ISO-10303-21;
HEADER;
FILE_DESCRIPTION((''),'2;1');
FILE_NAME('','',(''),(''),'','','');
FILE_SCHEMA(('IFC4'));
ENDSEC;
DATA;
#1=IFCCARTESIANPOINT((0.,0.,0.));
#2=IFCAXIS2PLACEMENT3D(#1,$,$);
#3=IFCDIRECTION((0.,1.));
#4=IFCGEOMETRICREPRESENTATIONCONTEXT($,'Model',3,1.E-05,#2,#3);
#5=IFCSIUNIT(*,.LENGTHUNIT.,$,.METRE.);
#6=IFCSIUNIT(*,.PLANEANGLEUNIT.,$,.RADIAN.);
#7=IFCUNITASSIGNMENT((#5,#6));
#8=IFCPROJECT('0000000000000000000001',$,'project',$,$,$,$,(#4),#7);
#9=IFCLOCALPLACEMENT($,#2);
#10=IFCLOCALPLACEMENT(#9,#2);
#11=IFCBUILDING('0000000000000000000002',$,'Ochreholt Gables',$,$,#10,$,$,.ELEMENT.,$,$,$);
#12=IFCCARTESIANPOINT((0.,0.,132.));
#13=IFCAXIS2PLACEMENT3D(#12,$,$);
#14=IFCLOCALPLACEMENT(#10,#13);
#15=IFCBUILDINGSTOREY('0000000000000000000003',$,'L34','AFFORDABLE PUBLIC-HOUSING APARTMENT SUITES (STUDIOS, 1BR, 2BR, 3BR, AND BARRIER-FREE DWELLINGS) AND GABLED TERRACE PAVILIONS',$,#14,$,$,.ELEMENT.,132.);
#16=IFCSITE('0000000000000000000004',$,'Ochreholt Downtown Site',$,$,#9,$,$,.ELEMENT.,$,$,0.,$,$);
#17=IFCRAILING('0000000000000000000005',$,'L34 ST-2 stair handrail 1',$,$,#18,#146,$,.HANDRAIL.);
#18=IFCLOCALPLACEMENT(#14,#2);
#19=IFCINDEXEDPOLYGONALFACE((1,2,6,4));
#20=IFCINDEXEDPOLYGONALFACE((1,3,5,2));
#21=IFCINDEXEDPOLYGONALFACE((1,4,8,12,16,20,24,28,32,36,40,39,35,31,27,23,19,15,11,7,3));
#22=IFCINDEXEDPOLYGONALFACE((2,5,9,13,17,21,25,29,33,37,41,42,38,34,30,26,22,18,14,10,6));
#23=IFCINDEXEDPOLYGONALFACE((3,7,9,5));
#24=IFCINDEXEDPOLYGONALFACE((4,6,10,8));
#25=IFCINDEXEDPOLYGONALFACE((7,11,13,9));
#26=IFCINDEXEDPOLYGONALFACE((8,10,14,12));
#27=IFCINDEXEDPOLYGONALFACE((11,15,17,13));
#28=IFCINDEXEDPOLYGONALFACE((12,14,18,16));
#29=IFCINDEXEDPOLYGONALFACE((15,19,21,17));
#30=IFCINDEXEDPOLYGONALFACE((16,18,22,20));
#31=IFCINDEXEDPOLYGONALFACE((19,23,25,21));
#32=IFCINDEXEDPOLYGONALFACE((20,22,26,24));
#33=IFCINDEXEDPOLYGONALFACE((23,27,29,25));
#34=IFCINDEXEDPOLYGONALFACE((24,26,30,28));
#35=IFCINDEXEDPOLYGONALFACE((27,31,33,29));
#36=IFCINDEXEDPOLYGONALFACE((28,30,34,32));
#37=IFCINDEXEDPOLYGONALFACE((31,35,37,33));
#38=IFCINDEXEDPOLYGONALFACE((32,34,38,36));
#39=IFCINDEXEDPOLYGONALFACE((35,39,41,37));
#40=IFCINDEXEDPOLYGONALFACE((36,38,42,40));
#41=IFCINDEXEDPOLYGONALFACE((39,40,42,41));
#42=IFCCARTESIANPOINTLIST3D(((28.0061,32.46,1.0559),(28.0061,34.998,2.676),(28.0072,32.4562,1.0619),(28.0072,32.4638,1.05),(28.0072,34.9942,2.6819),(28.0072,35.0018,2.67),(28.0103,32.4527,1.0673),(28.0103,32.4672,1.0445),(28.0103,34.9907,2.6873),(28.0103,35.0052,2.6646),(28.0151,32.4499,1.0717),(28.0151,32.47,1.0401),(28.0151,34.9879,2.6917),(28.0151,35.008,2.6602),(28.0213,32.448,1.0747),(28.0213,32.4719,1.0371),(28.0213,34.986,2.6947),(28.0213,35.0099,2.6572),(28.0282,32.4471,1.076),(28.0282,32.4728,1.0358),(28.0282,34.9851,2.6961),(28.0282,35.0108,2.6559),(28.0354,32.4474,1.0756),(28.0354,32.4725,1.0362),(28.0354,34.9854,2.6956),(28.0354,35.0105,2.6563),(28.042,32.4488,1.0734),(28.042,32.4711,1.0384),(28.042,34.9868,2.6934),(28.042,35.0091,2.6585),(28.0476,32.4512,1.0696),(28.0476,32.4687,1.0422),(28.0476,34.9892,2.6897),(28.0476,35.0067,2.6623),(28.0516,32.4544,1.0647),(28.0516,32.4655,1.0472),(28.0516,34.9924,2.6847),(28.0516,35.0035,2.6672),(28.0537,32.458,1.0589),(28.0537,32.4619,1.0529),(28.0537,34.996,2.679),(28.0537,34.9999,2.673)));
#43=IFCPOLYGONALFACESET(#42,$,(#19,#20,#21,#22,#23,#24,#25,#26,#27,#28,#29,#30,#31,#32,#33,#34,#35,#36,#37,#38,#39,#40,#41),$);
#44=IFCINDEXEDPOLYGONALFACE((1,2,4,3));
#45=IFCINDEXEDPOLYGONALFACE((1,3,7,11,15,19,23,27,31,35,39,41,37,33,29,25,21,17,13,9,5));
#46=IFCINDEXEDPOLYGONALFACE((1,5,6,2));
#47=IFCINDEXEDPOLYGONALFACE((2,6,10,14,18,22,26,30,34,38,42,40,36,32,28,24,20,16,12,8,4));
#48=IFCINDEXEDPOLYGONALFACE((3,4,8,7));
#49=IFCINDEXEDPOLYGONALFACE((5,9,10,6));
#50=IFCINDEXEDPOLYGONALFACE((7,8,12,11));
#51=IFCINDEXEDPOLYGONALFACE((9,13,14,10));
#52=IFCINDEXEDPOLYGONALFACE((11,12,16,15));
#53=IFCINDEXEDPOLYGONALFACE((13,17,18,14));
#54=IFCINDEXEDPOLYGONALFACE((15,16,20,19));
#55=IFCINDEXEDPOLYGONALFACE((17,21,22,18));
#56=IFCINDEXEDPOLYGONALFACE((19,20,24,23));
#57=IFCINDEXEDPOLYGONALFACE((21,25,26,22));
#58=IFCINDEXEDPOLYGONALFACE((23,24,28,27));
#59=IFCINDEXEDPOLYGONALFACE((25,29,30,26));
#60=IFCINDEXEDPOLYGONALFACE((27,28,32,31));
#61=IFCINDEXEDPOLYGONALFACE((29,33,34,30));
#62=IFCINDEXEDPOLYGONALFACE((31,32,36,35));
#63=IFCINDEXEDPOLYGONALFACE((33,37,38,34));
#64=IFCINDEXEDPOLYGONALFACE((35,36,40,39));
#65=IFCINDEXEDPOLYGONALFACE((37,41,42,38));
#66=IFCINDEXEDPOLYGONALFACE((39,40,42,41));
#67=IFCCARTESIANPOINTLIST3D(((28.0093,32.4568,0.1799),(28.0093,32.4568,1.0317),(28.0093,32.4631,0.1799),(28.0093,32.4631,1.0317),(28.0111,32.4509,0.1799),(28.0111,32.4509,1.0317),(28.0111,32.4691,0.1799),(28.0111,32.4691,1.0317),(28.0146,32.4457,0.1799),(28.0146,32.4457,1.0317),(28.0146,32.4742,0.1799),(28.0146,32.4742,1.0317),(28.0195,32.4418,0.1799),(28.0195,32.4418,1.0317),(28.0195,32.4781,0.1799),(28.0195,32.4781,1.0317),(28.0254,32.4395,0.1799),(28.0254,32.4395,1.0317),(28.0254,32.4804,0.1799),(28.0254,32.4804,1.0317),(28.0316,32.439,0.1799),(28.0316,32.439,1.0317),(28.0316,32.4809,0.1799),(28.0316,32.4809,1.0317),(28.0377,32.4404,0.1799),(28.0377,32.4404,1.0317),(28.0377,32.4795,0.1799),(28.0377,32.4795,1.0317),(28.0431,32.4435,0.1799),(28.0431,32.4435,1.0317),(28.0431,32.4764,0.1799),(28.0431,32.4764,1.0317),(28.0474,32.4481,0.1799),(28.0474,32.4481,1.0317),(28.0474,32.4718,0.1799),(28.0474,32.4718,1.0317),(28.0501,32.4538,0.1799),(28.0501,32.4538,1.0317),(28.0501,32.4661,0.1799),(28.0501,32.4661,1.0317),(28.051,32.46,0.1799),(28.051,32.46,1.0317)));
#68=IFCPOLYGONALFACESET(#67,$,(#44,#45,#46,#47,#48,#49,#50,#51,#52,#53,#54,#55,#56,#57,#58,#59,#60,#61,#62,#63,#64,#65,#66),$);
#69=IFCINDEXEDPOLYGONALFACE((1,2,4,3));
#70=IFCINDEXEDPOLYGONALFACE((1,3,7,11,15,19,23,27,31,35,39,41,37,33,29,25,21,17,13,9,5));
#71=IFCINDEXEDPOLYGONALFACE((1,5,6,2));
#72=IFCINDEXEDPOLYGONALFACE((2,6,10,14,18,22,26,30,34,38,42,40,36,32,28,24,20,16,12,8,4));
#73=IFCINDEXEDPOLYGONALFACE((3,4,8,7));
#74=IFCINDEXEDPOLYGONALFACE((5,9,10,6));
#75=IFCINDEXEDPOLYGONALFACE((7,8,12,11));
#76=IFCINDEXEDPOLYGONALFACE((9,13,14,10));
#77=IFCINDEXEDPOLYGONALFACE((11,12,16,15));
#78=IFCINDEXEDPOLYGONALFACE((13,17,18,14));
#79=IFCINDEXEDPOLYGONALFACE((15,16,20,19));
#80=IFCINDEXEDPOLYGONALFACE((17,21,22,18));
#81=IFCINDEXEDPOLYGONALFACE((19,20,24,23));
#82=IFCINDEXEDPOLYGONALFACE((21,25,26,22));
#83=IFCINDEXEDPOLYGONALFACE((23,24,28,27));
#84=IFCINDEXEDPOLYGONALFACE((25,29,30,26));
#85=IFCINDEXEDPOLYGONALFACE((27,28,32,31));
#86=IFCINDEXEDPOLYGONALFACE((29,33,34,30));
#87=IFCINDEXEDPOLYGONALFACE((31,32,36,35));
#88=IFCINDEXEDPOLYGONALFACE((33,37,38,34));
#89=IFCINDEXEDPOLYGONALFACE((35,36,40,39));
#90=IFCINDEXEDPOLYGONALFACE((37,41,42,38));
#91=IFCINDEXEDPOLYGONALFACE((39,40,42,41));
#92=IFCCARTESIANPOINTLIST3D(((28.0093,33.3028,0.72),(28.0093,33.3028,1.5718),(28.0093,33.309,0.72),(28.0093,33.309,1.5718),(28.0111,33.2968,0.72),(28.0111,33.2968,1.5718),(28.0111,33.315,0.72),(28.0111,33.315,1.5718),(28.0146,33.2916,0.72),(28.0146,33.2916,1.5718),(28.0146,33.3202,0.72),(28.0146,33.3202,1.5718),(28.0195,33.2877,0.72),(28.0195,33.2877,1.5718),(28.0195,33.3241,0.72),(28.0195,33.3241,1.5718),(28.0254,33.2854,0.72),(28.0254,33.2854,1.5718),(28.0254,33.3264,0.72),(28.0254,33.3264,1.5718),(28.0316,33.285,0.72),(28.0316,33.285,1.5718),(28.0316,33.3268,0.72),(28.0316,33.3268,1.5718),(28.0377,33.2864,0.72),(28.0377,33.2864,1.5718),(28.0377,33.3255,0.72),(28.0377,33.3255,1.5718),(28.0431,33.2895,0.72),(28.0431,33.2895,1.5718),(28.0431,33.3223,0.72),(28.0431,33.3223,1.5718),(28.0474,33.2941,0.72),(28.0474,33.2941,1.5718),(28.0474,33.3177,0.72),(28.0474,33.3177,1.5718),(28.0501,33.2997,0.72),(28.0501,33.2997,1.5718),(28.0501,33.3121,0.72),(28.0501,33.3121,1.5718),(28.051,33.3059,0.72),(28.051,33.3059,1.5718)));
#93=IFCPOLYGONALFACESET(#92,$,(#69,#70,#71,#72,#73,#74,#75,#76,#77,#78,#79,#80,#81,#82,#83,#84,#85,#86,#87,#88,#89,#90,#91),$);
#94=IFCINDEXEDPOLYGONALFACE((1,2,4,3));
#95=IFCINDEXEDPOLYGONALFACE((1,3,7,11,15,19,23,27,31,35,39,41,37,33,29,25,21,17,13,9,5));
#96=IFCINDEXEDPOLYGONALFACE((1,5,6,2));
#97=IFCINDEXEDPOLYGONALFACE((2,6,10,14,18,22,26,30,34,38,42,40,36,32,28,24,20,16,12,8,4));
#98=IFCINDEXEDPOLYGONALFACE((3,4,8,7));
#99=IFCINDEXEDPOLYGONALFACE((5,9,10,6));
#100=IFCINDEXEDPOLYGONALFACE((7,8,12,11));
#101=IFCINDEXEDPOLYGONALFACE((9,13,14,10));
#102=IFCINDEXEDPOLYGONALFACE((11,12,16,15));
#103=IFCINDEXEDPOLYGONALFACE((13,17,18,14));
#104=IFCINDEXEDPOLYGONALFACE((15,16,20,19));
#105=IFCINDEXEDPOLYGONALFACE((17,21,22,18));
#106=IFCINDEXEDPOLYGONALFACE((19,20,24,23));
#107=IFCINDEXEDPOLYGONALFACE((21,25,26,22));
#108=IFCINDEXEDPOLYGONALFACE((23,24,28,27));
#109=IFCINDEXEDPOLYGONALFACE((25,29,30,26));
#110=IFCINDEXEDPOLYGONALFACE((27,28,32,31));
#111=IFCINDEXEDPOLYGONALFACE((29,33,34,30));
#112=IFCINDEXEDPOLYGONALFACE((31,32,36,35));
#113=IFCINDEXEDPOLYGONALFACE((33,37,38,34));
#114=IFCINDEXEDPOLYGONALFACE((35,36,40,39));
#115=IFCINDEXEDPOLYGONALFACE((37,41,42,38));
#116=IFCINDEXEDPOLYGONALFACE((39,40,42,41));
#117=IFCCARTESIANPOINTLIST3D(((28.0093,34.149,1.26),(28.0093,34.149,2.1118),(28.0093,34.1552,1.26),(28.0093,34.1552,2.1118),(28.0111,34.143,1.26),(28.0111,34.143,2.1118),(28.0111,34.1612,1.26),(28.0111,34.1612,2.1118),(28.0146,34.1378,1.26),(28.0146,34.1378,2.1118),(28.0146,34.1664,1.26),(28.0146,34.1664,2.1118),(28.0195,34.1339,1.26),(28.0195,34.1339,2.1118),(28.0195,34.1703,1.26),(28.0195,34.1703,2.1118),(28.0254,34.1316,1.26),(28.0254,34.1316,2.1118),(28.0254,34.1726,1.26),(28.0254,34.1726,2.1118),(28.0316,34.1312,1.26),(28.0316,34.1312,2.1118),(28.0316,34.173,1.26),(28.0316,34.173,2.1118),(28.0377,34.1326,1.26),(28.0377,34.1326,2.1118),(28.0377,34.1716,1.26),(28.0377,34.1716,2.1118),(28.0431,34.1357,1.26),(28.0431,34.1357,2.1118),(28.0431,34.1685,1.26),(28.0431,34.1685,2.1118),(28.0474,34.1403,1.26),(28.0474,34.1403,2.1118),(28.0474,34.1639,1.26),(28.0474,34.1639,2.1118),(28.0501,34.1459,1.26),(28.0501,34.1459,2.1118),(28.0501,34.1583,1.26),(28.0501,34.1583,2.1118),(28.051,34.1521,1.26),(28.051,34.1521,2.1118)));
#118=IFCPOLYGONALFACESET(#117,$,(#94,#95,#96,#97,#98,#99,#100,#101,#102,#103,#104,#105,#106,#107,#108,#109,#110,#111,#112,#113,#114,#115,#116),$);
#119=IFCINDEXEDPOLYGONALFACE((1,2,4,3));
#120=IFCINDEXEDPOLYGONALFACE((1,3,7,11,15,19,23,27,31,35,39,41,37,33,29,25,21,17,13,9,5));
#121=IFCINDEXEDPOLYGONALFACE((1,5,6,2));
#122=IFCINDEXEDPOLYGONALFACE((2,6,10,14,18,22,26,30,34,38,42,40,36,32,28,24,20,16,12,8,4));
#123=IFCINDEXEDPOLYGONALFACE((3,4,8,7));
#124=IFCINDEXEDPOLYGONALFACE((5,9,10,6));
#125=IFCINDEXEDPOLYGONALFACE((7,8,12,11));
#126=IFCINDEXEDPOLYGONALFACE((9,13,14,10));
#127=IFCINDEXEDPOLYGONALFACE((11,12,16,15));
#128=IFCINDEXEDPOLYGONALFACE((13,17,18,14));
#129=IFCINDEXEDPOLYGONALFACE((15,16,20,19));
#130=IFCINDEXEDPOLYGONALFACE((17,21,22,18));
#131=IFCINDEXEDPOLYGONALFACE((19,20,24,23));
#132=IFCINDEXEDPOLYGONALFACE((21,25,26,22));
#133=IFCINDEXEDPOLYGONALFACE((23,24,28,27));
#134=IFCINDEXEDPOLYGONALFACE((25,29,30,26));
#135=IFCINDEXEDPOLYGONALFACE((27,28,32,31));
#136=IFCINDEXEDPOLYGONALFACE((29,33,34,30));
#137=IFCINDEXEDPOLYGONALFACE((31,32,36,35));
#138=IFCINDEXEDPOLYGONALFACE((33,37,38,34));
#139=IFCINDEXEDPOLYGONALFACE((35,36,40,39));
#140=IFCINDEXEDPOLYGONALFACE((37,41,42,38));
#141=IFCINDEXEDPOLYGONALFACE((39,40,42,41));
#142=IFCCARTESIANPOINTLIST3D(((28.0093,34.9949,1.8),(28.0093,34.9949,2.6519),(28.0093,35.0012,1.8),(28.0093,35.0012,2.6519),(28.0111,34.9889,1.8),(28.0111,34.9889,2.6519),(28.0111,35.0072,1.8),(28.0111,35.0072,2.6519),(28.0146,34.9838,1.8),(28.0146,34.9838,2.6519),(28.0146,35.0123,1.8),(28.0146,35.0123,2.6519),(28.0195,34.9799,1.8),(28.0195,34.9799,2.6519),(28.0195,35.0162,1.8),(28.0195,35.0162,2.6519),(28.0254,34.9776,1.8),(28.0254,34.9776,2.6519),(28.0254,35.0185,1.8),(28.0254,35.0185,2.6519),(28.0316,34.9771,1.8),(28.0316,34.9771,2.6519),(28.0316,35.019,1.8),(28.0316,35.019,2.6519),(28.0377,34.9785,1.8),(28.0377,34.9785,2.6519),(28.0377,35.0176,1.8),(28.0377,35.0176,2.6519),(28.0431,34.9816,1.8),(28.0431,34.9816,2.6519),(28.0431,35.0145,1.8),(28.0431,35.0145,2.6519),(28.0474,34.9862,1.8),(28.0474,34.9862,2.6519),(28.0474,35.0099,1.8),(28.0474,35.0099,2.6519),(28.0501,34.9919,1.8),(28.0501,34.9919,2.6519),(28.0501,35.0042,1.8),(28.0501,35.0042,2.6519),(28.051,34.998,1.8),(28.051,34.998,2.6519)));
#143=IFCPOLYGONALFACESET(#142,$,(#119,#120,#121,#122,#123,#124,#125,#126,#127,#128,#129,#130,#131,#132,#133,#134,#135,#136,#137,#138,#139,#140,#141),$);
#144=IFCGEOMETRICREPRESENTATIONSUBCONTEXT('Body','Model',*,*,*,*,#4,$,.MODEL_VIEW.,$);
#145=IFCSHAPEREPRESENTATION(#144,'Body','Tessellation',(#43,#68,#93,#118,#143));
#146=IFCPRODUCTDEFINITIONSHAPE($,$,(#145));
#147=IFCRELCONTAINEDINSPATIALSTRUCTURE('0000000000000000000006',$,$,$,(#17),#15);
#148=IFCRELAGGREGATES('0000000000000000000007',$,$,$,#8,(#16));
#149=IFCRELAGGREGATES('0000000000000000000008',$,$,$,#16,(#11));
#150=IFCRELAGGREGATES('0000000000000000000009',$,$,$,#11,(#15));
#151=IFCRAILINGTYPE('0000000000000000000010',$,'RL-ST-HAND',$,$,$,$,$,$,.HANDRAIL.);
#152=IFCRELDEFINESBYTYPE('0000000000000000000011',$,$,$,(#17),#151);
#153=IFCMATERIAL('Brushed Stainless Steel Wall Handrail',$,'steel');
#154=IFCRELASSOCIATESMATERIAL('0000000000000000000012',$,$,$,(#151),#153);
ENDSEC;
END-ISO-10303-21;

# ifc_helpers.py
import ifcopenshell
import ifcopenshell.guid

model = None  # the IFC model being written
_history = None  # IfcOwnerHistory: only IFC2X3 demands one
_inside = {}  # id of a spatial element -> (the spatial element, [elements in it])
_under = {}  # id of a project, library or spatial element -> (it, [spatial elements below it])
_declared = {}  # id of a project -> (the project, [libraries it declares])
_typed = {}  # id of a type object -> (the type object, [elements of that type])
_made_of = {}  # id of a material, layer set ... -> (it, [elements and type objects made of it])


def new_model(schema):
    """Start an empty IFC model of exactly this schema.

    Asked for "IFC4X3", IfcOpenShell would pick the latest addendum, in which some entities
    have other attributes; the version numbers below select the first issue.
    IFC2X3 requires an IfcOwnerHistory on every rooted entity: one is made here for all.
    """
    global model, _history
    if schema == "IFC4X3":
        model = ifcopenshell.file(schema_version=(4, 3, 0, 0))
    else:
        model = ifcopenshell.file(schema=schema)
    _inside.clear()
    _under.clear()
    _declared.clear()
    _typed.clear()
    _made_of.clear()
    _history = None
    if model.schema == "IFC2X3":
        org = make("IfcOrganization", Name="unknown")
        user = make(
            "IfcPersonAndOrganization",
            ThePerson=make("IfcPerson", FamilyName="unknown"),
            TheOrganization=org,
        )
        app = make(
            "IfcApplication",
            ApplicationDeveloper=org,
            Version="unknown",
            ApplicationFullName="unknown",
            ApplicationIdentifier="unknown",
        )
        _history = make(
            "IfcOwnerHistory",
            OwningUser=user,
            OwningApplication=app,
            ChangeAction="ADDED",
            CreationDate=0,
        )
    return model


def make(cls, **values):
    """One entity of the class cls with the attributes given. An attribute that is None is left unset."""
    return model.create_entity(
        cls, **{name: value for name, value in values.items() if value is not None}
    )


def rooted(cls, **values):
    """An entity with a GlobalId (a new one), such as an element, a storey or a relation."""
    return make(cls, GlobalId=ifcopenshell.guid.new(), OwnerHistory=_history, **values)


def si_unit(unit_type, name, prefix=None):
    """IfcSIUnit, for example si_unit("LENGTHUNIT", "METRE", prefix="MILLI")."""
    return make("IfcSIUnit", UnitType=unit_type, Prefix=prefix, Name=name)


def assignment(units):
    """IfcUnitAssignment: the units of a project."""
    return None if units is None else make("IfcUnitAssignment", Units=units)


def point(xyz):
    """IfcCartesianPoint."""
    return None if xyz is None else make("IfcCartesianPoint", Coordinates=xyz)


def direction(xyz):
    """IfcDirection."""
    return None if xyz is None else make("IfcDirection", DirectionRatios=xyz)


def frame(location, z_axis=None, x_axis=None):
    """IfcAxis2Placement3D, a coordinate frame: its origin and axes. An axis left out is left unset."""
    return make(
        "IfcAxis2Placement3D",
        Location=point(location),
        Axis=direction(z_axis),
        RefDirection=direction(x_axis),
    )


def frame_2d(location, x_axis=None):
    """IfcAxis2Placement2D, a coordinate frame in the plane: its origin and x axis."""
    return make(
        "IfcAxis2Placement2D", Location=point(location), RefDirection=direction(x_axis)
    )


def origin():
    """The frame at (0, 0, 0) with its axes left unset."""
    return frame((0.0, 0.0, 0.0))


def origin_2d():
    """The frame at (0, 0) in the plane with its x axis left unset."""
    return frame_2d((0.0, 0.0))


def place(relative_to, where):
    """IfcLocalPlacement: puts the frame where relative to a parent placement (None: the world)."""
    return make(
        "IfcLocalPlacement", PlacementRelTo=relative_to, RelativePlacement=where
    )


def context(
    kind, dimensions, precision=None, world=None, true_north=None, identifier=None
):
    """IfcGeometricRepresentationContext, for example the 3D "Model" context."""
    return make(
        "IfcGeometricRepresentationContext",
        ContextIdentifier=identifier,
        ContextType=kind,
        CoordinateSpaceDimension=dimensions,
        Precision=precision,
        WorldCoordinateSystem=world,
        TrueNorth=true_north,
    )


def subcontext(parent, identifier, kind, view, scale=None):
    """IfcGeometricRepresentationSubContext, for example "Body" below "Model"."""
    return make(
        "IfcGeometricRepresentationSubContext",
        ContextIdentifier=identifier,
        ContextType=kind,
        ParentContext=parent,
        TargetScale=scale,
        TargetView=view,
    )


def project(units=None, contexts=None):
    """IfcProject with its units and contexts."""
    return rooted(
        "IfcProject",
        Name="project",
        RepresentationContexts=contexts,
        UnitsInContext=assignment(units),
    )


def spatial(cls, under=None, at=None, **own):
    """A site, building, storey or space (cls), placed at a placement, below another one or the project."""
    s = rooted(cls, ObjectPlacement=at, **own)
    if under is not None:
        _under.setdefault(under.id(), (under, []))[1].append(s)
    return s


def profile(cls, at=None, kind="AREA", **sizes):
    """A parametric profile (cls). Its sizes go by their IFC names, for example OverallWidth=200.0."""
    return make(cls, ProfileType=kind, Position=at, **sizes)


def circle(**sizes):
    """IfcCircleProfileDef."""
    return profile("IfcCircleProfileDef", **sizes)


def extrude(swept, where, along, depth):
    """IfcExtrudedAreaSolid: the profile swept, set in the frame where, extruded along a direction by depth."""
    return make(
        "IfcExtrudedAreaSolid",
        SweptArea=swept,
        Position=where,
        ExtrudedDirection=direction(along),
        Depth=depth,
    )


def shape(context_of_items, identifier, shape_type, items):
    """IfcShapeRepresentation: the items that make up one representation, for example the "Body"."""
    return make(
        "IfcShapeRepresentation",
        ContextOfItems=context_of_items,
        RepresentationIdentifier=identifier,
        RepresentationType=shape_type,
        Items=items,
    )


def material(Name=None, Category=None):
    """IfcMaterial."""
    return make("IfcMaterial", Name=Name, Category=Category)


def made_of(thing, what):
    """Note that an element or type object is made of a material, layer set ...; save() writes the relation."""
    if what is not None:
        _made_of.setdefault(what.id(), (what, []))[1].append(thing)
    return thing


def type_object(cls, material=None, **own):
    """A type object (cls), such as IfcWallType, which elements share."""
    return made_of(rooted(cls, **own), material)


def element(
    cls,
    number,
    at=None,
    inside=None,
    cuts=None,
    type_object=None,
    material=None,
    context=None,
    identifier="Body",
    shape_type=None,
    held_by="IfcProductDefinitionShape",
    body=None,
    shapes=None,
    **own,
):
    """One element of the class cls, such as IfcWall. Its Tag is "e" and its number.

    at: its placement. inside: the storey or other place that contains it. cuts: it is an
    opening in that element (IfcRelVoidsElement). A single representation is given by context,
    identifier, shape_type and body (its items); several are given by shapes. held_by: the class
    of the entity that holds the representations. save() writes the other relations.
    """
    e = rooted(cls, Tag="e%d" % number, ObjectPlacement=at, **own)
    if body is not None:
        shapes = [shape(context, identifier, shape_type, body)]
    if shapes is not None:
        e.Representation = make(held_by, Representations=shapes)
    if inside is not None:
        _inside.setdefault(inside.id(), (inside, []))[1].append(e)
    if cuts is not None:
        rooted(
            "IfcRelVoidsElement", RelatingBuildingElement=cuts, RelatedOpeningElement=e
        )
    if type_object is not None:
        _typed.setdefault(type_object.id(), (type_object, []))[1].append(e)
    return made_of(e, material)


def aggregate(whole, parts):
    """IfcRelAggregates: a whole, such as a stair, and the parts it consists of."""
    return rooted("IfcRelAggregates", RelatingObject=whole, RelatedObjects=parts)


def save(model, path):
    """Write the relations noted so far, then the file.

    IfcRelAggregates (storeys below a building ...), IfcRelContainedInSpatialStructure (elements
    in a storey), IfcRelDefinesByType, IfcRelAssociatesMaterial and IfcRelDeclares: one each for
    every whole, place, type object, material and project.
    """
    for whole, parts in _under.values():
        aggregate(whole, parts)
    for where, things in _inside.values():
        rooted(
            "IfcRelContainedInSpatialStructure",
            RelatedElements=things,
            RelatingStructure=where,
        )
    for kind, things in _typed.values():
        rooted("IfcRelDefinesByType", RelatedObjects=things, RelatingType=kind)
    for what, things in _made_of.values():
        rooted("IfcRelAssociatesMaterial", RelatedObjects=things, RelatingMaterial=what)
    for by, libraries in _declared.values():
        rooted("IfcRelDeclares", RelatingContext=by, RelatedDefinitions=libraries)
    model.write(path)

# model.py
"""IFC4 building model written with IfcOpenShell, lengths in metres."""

from ifc_helpers import new_model, si_unit, direction, frame, origin, origin_2d, place, context, subcontext, project, spatial, circle, extrude, material, type_object, element, save


model = new_model("IFC4")

# Units and contexts
model_context = context("Model", 3, precision=1e-05, world=origin(), true_north=direction((0.0, 1.0)))
body_context = subcontext(model_context, "Body", "Model", "MODEL_VIEW")
ifc_project = project(units=[si_unit("LENGTHUNIT", "METRE"), si_unit("PLANEANGLEUNIT", "RADIAN")], contexts=[model_context])

# Site, building, storey
site_placement = place(None, origin())
site = spatial("IfcSite", under=ifc_project, at=site_placement, Name="Ochreholt Downtown Site", CompositionType="ELEMENT", RefElevation=0.0)
building_placement = place(site_placement, origin())
building = spatial("IfcBuilding", under=site, at=building_placement, Name="Ochreholt Gables", CompositionType="ELEMENT")
storey_placement = place(building_placement, frame((0.0, 0.0, 132.0)))
storey = spatial("IfcBuildingStorey", under=building, at=storey_placement, Name="L34", Description="AFFORDABLE PUBLIC-HOUSING APARTMENT SUITES (STUDIOS, 1BR, 2BR, 3BR, AND BARRIER-FREE DWELLINGS) AND GABLED TERRACE PAVILIONS", CompositionType="ELEMENT", Elevation=132.0)

# Railing
ifc_material_1 = material(Name="Brushed Stainless Steel Wall Handrail", Category="steel")
railing_type = type_object("IfcRailingType", Name="RL-ST-HAND", PredefinedType="HANDRAIL", material=ifc_material_1)
railing_placement = place(storey_placement, frame((28.03, 32.46, 0.1799)))
element("IfcRailing", 1, at=railing_placement, inside=storey, type_object=railing_type, Name="L34 ST-2 stair handrail 1", PredefinedType="HANDRAIL", context=body_context, shape_type="SweptSolid", body=[
    extrude(circle(Radius=0.0239, at=origin_2d()), frame((0.0, 0.0, 0.876), z_axis=(0.0, 0.842913, 0.53805), x_axis=(-1.0, 0.0, 0.0)), (0.0, 0.0, 1.0), 3.011),
    extrude(circle(Radius=0.021, at=origin_2d()), origin(), (0.0, 0.0, 1.0), 0.8518),
    extrude(circle(Radius=0.021, at=origin_2d()), frame((0.0, 0.8459, 0.54)), (0.0, 0.0, 1.0), 0.8518),
    extrude(circle(Radius=0.021, at=origin_2d()), frame((0.0, 1.6921, 1.0801)), (0.0, 0.0, 1.0), 0.8518),
    extrude(circle(Radius=0.021, at=origin_2d()), frame((0.0, 2.5381, 1.6201)), (0.0, 0.0, 1.0), 0.8518),
])

save(model, "model.ifc")
